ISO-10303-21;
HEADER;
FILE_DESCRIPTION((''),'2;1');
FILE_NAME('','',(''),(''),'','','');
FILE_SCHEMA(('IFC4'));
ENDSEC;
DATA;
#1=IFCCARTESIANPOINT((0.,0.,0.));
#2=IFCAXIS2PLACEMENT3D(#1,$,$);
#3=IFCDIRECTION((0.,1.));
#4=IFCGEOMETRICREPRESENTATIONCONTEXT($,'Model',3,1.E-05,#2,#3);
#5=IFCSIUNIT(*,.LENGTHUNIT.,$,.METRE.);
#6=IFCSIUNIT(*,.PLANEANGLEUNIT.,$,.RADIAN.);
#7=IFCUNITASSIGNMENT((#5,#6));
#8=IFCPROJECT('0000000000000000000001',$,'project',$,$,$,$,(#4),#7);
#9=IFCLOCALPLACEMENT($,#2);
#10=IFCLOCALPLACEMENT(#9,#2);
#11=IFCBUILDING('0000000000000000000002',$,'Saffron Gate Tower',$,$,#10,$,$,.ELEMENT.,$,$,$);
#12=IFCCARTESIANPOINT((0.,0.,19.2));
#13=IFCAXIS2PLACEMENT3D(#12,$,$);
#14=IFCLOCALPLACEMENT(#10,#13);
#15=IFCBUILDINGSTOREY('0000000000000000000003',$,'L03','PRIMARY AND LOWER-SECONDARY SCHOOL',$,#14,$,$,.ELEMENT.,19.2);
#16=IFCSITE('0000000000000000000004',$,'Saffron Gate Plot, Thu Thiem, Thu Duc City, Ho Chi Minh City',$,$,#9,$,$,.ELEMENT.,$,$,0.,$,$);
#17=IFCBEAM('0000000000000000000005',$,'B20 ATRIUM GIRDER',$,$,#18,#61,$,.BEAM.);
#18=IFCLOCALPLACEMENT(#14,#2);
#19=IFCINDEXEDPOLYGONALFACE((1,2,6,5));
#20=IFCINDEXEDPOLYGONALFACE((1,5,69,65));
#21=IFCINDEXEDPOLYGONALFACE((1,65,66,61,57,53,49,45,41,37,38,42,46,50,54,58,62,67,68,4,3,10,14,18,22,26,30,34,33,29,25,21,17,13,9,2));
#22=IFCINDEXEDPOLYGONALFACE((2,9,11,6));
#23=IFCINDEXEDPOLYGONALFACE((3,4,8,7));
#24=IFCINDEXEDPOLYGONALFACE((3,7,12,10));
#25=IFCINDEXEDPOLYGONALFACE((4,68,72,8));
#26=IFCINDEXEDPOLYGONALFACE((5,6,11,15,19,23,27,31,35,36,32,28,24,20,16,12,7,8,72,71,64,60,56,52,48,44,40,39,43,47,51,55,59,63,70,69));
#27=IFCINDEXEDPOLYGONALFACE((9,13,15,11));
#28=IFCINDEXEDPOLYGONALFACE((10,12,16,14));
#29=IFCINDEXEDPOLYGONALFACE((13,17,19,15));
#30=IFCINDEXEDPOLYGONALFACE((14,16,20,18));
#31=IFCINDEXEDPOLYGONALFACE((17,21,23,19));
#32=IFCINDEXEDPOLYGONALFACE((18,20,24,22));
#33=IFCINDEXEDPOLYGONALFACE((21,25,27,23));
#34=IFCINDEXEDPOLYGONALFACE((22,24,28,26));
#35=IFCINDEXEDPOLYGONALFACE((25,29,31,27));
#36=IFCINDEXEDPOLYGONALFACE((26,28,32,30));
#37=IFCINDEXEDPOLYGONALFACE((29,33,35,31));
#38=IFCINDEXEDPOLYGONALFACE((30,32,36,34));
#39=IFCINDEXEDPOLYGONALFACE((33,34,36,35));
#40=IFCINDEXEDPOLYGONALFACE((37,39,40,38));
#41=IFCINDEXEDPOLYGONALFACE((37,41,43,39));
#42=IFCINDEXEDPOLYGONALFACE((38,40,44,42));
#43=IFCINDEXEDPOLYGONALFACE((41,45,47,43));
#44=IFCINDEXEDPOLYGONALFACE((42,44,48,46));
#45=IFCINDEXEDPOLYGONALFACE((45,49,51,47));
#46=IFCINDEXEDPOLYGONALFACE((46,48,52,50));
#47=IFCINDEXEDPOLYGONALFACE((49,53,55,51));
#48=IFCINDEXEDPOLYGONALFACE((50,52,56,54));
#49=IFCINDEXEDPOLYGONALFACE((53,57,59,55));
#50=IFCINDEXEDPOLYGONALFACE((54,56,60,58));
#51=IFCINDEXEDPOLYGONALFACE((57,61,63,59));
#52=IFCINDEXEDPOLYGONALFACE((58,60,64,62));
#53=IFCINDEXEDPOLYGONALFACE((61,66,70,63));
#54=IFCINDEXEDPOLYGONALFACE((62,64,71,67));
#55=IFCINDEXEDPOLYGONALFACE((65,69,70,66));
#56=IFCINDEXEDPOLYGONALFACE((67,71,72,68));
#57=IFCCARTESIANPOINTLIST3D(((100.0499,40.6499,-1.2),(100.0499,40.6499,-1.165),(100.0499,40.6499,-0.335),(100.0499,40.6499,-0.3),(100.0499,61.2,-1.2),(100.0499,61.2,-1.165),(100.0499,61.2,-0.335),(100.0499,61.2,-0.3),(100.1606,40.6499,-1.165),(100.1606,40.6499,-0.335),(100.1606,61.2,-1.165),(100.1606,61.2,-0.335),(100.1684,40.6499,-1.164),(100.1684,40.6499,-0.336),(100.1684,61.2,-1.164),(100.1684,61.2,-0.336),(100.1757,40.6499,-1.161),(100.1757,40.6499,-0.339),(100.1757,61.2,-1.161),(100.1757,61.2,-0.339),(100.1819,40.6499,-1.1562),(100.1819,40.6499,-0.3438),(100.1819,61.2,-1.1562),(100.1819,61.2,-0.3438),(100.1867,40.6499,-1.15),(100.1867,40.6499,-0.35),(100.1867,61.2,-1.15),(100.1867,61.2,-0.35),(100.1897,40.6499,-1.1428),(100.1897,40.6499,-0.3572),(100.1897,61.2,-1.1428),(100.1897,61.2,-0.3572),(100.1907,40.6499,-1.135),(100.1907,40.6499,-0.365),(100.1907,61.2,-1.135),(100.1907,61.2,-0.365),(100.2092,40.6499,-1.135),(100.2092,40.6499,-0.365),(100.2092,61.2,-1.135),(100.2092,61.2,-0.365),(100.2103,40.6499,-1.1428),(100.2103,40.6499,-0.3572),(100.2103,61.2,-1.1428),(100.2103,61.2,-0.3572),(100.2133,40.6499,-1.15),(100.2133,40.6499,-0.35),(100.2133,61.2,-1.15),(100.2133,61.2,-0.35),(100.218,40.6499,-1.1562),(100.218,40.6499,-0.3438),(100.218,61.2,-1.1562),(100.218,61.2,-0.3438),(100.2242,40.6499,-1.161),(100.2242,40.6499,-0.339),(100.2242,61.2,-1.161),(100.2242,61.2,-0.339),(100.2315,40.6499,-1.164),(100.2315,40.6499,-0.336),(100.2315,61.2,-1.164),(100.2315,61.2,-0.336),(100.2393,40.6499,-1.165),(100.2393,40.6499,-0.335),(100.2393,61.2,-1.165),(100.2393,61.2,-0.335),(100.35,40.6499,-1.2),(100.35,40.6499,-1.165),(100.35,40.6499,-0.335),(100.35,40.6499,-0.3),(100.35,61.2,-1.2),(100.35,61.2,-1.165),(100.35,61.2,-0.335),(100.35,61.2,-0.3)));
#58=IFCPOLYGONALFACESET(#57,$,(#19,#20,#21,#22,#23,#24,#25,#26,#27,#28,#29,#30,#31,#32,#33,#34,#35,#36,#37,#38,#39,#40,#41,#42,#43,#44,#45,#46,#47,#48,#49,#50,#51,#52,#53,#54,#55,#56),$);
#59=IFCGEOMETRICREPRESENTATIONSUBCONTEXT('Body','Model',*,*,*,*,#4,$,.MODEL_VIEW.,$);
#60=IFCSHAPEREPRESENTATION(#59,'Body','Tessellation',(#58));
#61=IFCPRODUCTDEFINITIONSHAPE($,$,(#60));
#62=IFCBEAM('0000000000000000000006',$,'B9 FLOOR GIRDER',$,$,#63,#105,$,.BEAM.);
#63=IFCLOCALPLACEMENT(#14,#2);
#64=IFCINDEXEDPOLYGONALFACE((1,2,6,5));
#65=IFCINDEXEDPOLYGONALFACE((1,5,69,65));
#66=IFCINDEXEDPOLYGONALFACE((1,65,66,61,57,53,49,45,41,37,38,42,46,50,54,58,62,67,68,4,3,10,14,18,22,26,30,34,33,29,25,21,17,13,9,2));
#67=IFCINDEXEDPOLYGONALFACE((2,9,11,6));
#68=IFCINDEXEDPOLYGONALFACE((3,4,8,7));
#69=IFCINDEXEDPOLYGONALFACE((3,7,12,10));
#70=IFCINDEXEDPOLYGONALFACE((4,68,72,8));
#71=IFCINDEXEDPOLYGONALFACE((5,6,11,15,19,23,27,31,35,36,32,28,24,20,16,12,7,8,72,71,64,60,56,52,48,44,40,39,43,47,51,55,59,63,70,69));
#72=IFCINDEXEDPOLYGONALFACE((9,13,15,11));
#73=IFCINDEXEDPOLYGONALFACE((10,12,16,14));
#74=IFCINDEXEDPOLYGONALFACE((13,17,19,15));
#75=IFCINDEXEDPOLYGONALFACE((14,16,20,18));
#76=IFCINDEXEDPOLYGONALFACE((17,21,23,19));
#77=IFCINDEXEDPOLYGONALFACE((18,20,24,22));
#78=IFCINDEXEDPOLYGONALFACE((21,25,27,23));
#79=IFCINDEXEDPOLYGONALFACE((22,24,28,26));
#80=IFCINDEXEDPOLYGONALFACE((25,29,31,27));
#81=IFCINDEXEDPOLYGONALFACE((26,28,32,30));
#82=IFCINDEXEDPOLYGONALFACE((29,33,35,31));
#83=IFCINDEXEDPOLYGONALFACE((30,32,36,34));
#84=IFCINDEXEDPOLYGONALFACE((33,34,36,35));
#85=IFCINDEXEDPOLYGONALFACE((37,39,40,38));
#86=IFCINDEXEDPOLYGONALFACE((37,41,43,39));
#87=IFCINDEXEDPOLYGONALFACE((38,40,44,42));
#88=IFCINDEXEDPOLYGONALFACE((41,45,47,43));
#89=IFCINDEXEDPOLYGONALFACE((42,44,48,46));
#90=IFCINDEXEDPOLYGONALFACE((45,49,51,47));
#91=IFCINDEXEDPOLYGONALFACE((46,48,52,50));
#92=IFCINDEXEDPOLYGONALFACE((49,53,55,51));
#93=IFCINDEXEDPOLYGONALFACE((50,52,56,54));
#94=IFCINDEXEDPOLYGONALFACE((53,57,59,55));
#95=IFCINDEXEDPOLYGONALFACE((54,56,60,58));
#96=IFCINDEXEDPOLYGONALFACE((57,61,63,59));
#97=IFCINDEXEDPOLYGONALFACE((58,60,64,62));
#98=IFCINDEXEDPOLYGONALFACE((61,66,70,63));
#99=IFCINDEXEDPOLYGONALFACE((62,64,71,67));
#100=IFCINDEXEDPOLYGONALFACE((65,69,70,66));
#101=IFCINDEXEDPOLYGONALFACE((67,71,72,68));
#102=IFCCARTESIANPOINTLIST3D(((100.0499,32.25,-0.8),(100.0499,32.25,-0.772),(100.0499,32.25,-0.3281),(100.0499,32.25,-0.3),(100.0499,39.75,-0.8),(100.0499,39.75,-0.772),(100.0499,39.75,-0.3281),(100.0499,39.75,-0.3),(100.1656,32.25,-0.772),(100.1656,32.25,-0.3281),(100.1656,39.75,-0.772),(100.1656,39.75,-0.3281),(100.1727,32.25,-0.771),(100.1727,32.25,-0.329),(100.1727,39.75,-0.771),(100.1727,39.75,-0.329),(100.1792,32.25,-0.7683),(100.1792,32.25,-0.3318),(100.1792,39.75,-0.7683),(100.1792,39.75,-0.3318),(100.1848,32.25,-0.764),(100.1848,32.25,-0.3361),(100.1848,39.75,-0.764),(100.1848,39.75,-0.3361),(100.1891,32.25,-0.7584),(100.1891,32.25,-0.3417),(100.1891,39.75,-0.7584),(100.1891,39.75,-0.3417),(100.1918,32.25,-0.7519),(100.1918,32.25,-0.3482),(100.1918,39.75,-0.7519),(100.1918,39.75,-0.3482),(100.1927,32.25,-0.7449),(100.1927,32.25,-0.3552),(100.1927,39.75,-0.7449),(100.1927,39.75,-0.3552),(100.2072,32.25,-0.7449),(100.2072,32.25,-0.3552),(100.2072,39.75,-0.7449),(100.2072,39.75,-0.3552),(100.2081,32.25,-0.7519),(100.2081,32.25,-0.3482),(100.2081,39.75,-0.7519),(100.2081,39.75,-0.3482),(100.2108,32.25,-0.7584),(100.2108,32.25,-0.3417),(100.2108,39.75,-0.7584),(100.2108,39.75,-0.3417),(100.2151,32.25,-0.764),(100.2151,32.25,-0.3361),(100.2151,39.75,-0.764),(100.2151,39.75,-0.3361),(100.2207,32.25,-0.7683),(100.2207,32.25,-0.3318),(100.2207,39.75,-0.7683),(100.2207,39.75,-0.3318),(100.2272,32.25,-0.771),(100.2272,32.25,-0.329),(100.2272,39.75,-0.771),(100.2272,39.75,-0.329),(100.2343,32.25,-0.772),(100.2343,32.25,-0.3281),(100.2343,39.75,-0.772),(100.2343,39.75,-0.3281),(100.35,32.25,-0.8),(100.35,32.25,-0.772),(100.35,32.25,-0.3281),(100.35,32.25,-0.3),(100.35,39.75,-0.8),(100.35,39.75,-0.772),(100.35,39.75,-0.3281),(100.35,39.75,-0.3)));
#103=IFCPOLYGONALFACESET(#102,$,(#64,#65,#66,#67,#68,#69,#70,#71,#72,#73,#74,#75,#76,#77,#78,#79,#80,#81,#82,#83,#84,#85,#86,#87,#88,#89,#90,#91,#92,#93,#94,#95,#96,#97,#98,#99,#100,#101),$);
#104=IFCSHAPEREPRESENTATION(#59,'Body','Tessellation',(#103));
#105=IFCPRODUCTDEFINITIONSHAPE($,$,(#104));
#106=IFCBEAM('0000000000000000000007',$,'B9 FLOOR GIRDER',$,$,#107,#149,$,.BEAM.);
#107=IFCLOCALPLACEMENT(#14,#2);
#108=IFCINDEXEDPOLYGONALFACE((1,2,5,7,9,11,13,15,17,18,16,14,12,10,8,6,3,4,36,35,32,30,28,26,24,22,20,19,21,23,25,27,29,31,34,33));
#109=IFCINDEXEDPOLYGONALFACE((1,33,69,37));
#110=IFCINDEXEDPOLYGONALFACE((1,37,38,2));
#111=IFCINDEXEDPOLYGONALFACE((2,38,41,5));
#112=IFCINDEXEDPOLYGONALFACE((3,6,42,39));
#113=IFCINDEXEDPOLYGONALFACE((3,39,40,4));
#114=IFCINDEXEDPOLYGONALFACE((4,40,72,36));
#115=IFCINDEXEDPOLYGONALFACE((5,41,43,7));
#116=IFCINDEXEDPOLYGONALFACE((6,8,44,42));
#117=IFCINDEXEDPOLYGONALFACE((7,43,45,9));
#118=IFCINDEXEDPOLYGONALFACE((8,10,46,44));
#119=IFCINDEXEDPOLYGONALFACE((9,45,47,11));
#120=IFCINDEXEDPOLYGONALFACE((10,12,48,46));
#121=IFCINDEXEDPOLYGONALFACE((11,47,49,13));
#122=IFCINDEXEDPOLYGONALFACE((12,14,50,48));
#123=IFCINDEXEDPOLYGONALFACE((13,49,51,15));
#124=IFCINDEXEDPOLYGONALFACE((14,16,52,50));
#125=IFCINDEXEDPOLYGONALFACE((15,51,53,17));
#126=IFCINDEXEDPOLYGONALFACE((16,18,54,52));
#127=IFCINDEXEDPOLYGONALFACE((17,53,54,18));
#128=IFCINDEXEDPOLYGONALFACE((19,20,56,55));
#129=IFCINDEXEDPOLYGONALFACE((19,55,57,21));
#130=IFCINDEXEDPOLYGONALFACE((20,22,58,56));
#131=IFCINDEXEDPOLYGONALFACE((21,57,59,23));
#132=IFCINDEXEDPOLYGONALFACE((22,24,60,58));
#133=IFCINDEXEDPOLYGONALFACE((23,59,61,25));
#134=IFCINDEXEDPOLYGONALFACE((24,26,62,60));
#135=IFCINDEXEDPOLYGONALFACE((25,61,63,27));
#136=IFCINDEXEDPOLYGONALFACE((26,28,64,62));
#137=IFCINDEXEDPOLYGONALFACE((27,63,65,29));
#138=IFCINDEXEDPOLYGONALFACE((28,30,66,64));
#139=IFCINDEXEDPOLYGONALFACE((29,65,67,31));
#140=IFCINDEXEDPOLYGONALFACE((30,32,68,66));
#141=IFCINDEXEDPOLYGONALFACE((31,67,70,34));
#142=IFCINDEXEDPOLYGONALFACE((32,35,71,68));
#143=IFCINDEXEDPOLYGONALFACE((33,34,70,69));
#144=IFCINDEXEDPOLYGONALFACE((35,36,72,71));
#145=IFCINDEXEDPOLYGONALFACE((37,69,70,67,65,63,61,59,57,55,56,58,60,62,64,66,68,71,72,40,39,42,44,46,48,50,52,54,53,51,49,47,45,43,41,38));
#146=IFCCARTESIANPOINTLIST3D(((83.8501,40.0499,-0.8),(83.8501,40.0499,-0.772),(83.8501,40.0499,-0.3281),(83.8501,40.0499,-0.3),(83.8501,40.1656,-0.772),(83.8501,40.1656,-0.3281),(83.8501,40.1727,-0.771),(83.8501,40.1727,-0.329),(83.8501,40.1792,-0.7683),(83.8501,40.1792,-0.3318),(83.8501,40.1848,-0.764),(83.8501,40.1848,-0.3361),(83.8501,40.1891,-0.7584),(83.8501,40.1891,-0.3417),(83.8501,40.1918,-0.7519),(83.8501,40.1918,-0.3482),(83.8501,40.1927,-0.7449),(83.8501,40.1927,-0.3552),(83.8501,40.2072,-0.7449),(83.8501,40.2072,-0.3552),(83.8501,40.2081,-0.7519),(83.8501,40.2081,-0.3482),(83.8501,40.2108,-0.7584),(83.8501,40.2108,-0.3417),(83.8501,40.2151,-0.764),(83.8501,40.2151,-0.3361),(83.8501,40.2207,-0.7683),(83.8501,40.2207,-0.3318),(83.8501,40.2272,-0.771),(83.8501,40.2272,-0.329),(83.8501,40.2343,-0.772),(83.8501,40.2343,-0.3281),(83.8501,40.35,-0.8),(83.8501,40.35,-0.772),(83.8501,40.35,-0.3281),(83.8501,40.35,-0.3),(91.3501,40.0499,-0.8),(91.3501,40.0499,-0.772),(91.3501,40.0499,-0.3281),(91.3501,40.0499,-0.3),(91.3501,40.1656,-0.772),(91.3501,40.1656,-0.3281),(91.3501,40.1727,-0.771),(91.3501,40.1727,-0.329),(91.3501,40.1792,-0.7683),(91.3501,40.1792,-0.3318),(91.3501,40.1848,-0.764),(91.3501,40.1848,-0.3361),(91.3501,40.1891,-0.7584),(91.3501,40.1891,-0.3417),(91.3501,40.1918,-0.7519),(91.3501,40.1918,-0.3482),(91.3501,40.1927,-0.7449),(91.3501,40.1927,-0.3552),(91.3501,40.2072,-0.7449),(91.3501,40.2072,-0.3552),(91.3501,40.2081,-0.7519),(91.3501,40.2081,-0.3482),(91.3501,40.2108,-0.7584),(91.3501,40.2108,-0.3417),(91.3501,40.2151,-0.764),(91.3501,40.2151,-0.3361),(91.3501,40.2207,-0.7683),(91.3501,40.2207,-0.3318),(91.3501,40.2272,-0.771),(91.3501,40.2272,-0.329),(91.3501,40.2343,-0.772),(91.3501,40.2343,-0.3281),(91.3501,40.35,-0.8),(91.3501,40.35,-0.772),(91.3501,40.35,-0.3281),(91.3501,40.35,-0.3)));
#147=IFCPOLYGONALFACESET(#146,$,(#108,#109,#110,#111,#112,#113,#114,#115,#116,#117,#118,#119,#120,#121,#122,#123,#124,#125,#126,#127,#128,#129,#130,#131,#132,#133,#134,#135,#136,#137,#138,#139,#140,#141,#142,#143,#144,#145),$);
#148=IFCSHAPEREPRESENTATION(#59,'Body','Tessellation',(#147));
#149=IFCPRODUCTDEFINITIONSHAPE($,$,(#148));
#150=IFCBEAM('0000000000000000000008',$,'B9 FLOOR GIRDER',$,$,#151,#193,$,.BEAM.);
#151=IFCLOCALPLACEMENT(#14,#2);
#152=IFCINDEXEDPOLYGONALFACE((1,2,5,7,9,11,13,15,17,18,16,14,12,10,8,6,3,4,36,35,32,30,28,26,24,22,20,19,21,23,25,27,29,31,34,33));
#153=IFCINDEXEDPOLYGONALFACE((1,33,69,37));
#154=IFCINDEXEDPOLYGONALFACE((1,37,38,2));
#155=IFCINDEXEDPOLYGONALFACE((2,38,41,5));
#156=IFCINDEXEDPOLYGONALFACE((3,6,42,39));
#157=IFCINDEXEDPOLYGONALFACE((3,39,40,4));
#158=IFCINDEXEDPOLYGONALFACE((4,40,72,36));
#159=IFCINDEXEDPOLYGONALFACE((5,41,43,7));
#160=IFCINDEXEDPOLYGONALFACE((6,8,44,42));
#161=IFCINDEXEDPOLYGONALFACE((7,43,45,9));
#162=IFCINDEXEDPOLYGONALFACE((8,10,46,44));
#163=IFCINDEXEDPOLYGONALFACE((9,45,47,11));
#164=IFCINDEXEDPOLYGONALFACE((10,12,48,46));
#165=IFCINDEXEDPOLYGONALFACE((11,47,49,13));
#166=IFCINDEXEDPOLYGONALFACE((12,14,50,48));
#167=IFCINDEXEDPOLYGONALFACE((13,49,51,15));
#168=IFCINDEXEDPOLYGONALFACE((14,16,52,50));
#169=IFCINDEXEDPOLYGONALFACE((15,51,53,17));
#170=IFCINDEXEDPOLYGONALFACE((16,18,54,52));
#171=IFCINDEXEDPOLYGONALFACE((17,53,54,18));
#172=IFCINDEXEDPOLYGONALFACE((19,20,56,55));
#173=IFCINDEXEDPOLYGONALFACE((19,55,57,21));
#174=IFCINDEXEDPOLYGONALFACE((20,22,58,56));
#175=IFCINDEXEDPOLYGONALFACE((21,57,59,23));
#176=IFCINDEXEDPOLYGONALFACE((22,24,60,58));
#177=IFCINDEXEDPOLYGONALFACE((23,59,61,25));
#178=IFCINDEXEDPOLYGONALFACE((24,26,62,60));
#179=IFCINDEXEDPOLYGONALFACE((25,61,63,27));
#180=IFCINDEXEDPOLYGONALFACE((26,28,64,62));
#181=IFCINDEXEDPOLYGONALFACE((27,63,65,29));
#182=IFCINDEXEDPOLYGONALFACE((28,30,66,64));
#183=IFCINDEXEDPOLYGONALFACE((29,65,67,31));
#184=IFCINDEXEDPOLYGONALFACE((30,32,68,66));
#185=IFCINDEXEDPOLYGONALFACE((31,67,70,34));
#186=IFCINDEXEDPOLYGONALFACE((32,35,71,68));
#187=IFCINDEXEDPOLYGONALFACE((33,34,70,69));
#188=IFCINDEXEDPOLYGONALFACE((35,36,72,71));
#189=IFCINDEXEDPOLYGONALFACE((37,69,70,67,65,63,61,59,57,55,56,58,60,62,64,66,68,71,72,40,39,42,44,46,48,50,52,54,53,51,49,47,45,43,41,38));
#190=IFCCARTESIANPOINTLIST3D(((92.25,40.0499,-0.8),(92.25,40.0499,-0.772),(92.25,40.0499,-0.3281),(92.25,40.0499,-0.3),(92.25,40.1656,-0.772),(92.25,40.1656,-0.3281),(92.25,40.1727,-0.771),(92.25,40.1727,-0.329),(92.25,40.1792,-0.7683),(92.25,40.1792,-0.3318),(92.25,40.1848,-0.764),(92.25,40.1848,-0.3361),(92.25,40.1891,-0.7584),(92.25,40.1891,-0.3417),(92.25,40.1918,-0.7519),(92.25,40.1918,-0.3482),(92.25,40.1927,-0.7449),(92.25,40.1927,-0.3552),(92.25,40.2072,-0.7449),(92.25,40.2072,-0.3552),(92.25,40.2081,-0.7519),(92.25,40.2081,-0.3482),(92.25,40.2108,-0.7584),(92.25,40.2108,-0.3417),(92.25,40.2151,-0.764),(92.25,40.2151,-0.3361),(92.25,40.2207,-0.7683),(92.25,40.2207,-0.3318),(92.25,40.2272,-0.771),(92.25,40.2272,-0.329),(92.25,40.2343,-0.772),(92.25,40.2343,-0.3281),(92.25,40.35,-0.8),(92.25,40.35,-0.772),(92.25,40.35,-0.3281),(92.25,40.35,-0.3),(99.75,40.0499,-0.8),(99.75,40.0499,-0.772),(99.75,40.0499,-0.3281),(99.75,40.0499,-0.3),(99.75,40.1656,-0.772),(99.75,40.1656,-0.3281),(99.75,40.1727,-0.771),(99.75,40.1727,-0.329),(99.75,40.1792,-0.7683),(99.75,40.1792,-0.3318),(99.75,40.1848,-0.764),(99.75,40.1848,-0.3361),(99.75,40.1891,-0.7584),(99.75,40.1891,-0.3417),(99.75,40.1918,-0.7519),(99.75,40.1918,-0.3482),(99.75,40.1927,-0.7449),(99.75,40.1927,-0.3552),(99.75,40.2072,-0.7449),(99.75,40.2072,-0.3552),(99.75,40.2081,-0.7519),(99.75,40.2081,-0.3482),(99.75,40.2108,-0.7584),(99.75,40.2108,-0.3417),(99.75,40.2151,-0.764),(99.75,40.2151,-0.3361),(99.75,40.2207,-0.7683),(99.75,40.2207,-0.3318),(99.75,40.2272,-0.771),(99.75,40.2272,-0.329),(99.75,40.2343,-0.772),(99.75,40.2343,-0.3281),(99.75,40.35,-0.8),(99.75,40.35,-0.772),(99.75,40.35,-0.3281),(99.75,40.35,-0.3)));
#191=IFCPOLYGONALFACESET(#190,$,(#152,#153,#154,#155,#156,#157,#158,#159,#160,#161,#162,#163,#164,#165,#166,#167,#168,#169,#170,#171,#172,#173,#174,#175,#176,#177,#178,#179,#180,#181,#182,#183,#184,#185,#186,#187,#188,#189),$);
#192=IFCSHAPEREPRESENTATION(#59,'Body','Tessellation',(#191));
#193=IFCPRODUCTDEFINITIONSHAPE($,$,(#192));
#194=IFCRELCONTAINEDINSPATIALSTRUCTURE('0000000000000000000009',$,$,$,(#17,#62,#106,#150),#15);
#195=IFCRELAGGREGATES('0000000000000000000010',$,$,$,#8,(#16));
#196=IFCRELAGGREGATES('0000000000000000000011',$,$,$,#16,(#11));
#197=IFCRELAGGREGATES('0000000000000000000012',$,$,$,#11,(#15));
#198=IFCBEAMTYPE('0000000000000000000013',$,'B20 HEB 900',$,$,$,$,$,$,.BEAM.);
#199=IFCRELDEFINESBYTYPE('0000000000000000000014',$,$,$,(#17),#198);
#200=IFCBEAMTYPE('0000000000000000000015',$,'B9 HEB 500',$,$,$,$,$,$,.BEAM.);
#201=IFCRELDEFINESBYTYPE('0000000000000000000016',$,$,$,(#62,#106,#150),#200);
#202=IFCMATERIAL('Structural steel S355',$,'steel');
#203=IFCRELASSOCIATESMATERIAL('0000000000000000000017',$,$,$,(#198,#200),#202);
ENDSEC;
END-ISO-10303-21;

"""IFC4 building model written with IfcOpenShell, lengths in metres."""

from ifc_helpers import new_model, si_unit, direction, frame, origin, origin_2d, place, context, subcontext, project, spatial, i_section, extrude, material, material_profile, profile_set, type_object, element, save


model = new_model("IFC4")

# Units and contexts
model_context = context("Model", 3, precision=1e-05, world=origin(), true_north=direction((0.0, 1.0)))
body_context = subcontext(model_context, "Body", "Model", "MODEL_VIEW")
ifc_project = project(units=[si_unit("LENGTHUNIT", "METRE"), si_unit("PLANEANGLEUNIT", "RADIAN")], contexts=[model_context])

# Site, building, storey
site_placement = place(None, origin())
site = spatial("IfcSite", under=ifc_project, at=site_placement, Name="Saffron Gate Plot, Thu Thiem, Thu Duc City, Ho Chi Minh City", CompositionType="ELEMENT", RefElevation=0.0)
building_placement = place(site_placement, origin())
building = spatial("IfcBuilding", under=site, at=building_placement, Name="Saffron Gate Tower", CompositionType="ELEMENT")
storey_placement = place(building_placement, frame((0.0, 0.0, 19.2)))
storey = spatial("IfcBuildingStorey", under=building, at=storey_placement, Name="L03", Description="PRIMARY AND LOWER-SECONDARY SCHOOL", CompositionType="ELEMENT", Elevation=19.2)

# Beams
ifc_material_1 = material(Name="Structural steel S355", Category="steel")
ifc_material_profile_1 = material_profile(ifc_material_1, i_section(OverallWidth=0.3, OverallDepth=0.8999, WebThickness=0.0186, FlangeThickness=0.0349, FilletRadius=0.03, at=origin_2d()))
ifc_profile_set_1 = profile_set([ifc_material_profile_1], Name="Structural steel S355")
beam_type_1 = type_object("IfcBeamType", Name="B20 HEB 900", PredefinedType="BEAM", material=ifc_profile_set_1)
beam_1_placement = place(storey_placement, frame((100.2, 40.6499, -0.75), z_axis=(0.0, 1.0, 0.0), x_axis=(-1.0, 0.0, 0.0)))
element("IfcBeam", 1, at=beam_1_placement, inside=storey, type_object=beam_type_1, Name="B20 ATRIUM GIRDER", PredefinedType="BEAM", context=body_context, shape_type="SweptSolid", body=[
    extrude(i_section(OverallWidth=0.3, OverallDepth=0.8999, WebThickness=0.0186, FlangeThickness=0.0349, FilletRadius=0.03, at=origin_2d()), origin(), (0.0, 0.0, 1.0), 20.55),
])
ifc_material_profile_2 = material_profile(ifc_material_1, i_section(OverallWidth=0.3, OverallDepth=0.5, WebThickness=0.0144, FlangeThickness=0.0281, FilletRadius=0.0271, at=origin_2d()))
ifc_profile_set_2 = profile_set([ifc_material_profile_2], Name="Structural steel S355")
beam_type_2 = type_object("IfcBeamType", Name="B9 HEB 500", PredefinedType="BEAM", material=ifc_profile_set_2)
for number, where, z_axis, x_axis, name in (
    (2, (100.2, 32.25, -0.55), (0.0, 1.0, 0.0), (-1.0, 0.0, 0.0), "B9 FLOOR GIRDER"),
    (3, (83.8501, 40.2, -0.55), (1.0, 0.0, 0.0), (0.0, 1.0, 0.0), "B9 FLOOR GIRDER"),
    (4, (92.25, 40.2, -0.55), (1.0, 0.0, 0.0), (0.0, 1.0, 0.0), "B9 FLOOR GIRDER"),
):
    element("IfcBeam", number, at=place(storey_placement, frame(where, z_axis=z_axis, x_axis=x_axis)), inside=storey, type_object=beam_type_2, Name=name, PredefinedType="BEAM", context=body_context, shape_type="SweptSolid", body=[
        extrude(i_section(OverallWidth=0.3, OverallDepth=0.5, WebThickness=0.0144, FlangeThickness=0.0281, FilletRadius=0.0271, at=origin_2d()), origin(), (0.0, 0.0, 1.0), 7.5),
    ])

save(model, "model.ifc")
